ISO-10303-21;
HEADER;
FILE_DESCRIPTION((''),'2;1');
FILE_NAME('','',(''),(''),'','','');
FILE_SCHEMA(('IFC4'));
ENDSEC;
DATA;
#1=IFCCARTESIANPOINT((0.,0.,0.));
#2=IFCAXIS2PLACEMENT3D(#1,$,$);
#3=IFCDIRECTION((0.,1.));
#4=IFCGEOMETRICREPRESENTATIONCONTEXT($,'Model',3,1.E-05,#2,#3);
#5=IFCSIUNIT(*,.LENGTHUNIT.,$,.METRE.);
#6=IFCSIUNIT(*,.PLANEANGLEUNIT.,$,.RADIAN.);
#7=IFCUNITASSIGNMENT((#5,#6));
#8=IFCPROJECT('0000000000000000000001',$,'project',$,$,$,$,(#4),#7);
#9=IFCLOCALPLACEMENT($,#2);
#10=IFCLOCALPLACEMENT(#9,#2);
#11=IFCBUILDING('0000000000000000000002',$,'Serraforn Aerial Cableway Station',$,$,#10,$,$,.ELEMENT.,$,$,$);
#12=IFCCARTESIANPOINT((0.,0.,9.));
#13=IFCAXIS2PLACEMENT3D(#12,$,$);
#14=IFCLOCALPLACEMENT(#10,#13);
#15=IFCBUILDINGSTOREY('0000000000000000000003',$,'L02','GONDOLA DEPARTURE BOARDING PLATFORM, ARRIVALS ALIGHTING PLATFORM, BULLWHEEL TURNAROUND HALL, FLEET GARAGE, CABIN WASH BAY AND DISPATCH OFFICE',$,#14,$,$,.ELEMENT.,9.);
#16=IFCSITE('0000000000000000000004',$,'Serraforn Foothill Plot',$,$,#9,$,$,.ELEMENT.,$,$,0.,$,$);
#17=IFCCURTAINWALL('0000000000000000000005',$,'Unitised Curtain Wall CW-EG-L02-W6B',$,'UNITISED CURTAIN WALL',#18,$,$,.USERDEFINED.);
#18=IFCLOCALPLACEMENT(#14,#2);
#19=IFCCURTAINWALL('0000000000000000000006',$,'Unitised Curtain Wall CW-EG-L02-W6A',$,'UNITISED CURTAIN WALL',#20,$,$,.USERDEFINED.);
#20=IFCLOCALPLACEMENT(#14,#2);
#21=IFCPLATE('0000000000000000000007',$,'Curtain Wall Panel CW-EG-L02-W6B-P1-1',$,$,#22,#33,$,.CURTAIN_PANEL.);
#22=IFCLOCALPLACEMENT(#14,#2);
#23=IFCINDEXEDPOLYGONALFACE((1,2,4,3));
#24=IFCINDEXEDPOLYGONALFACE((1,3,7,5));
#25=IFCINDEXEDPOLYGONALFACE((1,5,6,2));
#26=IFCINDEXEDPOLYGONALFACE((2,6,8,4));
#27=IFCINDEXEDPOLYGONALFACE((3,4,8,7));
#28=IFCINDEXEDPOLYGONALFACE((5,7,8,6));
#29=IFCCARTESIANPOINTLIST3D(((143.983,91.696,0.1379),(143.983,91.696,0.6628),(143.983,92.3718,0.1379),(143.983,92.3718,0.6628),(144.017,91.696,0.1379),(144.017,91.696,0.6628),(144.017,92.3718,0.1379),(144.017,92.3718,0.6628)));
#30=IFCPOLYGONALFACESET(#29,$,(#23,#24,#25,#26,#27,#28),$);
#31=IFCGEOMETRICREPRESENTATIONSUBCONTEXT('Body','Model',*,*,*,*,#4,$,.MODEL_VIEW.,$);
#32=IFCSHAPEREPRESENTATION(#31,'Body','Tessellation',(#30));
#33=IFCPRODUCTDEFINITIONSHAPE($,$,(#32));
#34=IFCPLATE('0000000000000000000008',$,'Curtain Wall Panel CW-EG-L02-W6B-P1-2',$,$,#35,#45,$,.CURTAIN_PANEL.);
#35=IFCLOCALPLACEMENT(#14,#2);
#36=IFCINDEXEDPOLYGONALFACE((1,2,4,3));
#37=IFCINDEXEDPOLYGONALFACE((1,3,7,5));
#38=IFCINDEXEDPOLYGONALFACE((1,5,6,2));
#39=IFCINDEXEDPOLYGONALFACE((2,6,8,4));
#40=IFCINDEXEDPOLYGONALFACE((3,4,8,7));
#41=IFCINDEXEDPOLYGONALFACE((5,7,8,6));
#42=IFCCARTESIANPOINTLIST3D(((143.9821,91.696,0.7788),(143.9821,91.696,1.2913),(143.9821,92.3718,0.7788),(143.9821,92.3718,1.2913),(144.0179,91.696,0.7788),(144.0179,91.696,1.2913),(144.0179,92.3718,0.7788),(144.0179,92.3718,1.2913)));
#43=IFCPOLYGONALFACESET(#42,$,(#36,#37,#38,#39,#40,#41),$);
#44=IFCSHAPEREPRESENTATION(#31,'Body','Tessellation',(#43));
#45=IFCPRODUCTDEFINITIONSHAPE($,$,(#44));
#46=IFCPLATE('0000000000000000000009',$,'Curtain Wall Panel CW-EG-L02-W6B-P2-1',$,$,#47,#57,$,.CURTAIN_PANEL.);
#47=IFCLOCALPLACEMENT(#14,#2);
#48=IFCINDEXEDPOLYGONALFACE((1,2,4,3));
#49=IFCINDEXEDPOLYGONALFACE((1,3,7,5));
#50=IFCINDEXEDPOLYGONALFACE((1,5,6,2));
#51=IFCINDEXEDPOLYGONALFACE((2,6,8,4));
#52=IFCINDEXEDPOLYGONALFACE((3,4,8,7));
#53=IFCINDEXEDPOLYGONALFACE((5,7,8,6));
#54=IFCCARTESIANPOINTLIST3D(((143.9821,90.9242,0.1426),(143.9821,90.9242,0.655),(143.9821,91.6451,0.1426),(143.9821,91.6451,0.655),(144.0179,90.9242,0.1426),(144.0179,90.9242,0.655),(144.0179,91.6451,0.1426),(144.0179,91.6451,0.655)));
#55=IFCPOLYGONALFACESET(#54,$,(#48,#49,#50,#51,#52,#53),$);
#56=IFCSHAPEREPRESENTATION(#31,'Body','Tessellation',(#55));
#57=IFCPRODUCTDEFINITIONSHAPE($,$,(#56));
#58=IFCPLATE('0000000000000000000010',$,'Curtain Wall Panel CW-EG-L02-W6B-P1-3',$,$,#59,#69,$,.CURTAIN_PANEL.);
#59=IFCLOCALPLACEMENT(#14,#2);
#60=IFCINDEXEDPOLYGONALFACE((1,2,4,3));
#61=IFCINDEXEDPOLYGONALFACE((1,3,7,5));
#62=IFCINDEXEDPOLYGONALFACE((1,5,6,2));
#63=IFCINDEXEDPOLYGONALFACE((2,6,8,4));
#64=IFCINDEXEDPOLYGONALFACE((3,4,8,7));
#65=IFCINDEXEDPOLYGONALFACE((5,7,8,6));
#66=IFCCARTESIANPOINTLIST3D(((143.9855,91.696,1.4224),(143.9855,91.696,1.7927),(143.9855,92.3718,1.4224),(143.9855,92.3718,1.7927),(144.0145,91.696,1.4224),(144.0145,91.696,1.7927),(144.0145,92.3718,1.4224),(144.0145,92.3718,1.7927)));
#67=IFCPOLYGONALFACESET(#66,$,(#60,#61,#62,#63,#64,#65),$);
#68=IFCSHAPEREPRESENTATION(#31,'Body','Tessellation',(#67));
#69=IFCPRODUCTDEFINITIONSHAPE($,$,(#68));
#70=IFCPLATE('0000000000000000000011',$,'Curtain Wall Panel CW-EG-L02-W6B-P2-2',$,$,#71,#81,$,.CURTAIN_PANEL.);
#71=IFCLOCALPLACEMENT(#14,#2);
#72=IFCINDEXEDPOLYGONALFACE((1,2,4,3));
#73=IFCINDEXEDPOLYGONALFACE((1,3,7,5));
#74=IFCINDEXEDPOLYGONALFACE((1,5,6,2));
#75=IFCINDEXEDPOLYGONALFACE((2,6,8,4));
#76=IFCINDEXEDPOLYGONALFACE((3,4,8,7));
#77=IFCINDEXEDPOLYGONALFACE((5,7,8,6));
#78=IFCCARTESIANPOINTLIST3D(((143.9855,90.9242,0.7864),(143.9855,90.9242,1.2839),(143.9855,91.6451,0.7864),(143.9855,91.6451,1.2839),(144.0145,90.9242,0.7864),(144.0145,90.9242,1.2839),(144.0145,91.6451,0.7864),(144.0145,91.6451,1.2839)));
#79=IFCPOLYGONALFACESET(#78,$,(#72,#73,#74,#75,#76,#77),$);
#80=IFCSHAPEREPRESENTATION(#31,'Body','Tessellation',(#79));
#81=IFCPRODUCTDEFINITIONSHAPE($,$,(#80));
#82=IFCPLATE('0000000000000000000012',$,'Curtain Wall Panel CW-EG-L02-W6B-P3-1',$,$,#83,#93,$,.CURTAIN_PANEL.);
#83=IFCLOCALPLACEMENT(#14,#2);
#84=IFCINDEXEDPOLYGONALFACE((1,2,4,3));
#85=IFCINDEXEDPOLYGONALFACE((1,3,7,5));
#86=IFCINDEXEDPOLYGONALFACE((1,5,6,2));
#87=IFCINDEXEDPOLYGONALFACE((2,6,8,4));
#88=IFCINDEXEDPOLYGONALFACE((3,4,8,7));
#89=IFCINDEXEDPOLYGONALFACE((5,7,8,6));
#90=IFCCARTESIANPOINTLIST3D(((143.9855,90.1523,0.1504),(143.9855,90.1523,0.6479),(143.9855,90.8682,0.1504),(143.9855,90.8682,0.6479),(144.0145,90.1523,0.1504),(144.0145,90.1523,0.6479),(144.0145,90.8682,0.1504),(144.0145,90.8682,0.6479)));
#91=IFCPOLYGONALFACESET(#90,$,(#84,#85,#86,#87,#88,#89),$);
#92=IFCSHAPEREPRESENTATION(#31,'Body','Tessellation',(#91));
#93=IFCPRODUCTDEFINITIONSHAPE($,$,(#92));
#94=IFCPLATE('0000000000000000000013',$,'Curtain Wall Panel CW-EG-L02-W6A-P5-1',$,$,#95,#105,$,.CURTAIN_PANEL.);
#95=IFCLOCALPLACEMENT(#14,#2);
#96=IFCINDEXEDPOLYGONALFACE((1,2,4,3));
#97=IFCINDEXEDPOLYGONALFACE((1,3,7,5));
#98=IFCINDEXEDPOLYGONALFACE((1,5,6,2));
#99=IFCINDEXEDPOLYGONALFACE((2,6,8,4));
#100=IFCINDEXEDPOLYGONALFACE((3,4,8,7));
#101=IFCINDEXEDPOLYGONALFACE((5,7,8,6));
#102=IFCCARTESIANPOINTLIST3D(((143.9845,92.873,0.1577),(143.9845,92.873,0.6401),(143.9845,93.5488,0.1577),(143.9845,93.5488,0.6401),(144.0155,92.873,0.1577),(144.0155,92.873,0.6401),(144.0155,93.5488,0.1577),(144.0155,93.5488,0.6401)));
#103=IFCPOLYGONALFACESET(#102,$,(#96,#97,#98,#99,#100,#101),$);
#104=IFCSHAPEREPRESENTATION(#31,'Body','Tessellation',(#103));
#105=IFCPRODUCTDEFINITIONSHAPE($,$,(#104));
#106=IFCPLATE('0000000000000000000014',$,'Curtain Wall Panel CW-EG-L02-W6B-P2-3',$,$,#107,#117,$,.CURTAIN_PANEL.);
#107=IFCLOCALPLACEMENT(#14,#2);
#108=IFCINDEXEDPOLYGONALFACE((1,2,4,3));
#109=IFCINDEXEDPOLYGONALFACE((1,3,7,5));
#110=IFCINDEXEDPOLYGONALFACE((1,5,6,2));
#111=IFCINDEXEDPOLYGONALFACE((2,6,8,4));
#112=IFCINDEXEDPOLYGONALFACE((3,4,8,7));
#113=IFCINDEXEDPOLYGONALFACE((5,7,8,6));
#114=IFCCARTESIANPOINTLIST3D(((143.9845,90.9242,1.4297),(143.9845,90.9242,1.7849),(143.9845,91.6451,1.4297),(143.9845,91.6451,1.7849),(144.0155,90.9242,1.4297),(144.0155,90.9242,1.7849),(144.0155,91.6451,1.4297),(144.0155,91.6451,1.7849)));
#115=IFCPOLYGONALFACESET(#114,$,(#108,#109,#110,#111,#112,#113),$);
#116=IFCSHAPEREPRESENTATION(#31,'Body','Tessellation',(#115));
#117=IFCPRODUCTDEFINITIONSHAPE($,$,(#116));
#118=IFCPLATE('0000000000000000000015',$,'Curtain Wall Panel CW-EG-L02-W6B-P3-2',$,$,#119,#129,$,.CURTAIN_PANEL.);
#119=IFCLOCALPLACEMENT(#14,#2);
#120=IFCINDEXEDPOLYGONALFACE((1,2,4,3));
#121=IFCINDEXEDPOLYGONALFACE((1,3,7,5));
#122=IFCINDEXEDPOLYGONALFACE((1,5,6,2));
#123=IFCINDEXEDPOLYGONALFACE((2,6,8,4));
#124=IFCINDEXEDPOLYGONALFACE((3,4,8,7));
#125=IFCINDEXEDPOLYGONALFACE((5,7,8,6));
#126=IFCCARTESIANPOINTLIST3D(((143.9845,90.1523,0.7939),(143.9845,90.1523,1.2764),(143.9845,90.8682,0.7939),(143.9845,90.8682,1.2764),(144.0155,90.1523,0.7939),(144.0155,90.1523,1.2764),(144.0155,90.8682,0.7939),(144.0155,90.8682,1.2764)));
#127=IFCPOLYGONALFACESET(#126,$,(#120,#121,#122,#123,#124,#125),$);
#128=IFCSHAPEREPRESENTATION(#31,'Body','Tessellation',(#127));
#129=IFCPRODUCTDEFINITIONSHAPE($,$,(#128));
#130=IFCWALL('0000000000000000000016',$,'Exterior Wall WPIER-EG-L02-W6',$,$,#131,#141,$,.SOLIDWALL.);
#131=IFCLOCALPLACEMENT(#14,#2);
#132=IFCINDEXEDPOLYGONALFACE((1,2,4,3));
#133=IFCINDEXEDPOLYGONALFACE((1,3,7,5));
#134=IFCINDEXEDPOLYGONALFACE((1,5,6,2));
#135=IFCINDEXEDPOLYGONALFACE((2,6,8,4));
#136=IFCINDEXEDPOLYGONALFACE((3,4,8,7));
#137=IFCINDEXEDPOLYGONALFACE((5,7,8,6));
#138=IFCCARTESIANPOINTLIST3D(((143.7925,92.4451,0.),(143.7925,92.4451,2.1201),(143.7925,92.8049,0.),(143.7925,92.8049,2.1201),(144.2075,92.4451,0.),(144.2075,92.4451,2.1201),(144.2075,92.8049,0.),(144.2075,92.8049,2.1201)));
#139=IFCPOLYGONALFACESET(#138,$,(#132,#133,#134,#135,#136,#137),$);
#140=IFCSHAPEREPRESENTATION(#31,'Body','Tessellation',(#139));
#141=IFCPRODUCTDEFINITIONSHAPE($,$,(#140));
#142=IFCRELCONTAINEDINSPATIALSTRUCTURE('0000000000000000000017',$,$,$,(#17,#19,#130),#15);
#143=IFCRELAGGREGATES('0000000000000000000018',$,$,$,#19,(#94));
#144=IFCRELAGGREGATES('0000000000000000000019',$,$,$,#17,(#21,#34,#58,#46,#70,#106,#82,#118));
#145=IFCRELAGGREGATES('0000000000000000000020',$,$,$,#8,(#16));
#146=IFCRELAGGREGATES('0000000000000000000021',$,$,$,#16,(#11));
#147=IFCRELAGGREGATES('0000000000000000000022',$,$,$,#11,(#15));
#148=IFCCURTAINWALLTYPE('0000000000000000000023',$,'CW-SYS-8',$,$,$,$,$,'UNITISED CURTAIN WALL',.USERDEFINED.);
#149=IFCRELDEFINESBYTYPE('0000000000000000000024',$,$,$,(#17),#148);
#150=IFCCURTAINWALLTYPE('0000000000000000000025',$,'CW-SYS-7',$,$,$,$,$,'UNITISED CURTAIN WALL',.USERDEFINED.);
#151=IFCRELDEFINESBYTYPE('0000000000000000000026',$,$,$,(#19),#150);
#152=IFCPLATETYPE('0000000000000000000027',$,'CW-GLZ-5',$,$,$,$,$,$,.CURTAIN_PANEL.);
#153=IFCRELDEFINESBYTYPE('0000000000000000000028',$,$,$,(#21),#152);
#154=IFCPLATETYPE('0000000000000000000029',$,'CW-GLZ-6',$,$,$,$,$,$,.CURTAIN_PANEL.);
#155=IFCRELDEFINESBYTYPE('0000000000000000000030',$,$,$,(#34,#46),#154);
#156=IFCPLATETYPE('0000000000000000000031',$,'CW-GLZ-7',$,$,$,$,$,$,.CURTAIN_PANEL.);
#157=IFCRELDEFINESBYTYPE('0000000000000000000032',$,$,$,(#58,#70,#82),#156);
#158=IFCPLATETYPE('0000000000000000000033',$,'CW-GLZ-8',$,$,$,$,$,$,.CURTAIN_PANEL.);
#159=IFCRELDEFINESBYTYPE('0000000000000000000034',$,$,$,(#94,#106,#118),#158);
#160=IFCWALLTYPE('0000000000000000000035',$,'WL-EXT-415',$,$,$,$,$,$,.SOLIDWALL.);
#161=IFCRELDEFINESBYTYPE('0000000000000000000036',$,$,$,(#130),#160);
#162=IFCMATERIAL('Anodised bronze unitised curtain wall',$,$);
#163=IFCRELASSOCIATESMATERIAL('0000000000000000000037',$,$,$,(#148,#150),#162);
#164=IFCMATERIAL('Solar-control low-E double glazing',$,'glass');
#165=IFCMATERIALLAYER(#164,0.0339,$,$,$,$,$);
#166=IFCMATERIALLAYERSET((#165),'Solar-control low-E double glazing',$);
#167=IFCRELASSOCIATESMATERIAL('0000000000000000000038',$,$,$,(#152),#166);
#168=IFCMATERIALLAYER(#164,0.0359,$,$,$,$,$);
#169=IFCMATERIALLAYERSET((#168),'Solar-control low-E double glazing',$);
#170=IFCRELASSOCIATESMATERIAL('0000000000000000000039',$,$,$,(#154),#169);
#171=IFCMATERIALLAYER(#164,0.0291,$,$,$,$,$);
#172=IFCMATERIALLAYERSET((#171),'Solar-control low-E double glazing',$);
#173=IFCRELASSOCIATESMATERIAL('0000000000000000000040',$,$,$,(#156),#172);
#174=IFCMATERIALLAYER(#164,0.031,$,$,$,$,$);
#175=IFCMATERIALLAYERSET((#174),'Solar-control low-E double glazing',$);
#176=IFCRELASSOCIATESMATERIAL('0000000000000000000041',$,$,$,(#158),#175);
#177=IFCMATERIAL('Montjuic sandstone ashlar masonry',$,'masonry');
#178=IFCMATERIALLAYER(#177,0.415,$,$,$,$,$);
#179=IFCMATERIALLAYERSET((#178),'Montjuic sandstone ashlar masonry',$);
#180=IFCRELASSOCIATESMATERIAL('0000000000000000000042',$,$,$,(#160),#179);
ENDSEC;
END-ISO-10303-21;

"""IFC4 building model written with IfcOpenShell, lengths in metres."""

from ifc_helpers import new_model, si_unit, direction, frame, frame_2d, origin, origin_2d, place, context, subcontext, project, spatial, rectangle, extrude, material, layer, layer_set, type_object, element, aggregate, save


model = new_model("IFC4")

# Units and contexts
model_context = context("Model", 3, precision=1e-05, world=origin(), true_north=direction((0.0, 1.0)))
body_context = subcontext(model_context, "Body", "Model", "MODEL_VIEW")
ifc_project = project(units=[si_unit("LENGTHUNIT", "METRE"), si_unit("PLANEANGLEUNIT", "RADIAN")], contexts=[model_context])

# Site, building, storey
site_placement = place(None, origin())
site = spatial("IfcSite", under=ifc_project, at=site_placement, Name="Serraforn Foothill Plot", CompositionType="ELEMENT", RefElevation=0.0)
building_placement = place(site_placement, origin())
building = spatial("IfcBuilding", under=site, at=building_placement, Name="Serraforn Aerial Cableway Station", CompositionType="ELEMENT")
storey_placement = place(building_placement, frame((0.0, 0.0, 9.0)))
storey = spatial("IfcBuildingStorey", under=building, at=storey_placement, Name="L02", Description="GONDOLA DEPARTURE BOARDING PLATFORM, ARRIVALS ALIGHTING PLATFORM, BULLWHEEL TURNAROUND HALL, FLEET GARAGE, CABIN WASH BAY AND DISPATCH OFFICE", CompositionType="ELEMENT", Elevation=9.0)

# Curtain wall
ifc_material_1 = material(Name="Anodised bronze unitised curtain wall")
curtain_wall_type_1 = type_object("IfcCurtainWallType", Name="CW-SYS-8", ElementType="UNITISED CURTAIN WALL", PredefinedType="USERDEFINED", material=ifc_material_1)
curtain_wall_1_placement = place(storey_placement, origin())
curtain_wall_1 = element("IfcCurtainWall", 1, at=curtain_wall_1_placement, inside=storey, type_object=curtain_wall_type_1, Name="Unitised Curtain Wall CW-EG-L02-W6B", ObjectType="UNITISED CURTAIN WALL", PredefinedType="USERDEFINED")

# Curtain wall
curtain_wall_type_2 = type_object("IfcCurtainWallType", Name="CW-SYS-7", ElementType="UNITISED CURTAIN WALL", PredefinedType="USERDEFINED", material=ifc_material_1)
curtain_wall_2_placement = place(storey_placement, origin())
curtain_wall_2 = element("IfcCurtainWall", 2, at=curtain_wall_2_placement, inside=storey, type_object=curtain_wall_type_2, Name="Unitised Curtain Wall CW-EG-L02-W6A", ObjectType="UNITISED CURTAIN WALL", PredefinedType="USERDEFINED")

# Plates
ifc_material_2 = material(Name="Solar-control low-E double glazing", Category="glass")
ifc_layer_1 = layer(ifc_material_2, 0.0339)
ifc_layer_set_1 = layer_set([ifc_layer_1], Name="Solar-control low-E double glazing")
plate_type_1 = type_object("IfcPlateType", Name="CW-GLZ-5", PredefinedType="CURTAIN_PANEL", material=ifc_layer_set_1)
plate_1_placement = place(storey_placement, frame((144.0, 92.0339, 0.1379), z_axis=(0.0, 0.0, 1.0), x_axis=(1.0, 0.0, 0.0)))
plate_1 = element("IfcPlate", 3, at=plate_1_placement, type_object=plate_type_1, Name="Curtain Wall Panel CW-EG-L02-W6B-P1-1", PredefinedType="CURTAIN_PANEL", context=body_context, shape_type="SweptSolid", body=[
    extrude(rectangle(XDim=0.0339, YDim=0.6758, at=origin_2d()), origin(), (0.0, 0.0, 1.0), 0.5249),
])
ifc_layer_2 = layer(ifc_material_2, 0.0359)
ifc_layer_set_2 = layer_set([ifc_layer_2], Name="Solar-control low-E double glazing")
plate_type_2 = type_object("IfcPlateType", Name="CW-GLZ-6", PredefinedType="CURTAIN_PANEL", material=ifc_layer_set_2)
plate_2_placement = place(storey_placement, frame((144.0, 92.0339, 0.7788), z_axis=(0.0, 0.0, 1.0), x_axis=(1.0, 0.0, 0.0)))
plate_2 = element("IfcPlate", 4, at=plate_2_placement, type_object=plate_type_2, Name="Curtain Wall Panel CW-EG-L02-W6B-P1-2", PredefinedType="CURTAIN_PANEL", context=body_context, shape_type="SweptSolid", body=[
    extrude(rectangle(XDim=0.0359, YDim=0.6758, at=origin_2d()), origin(), (0.0, 0.0, 1.0), 0.5125),
])
plate_3_placement = place(storey_placement, frame((144.0, 91.2847, 0.1426), z_axis=(0.0, 0.0, 1.0), x_axis=(1.0, 0.0, 0.0)))
plate_3 = element("IfcPlate", 5, at=plate_3_placement, type_object=plate_type_2, Name="Curtain Wall Panel CW-EG-L02-W6B-P2-1", PredefinedType="CURTAIN_PANEL", context=body_context, shape_type="SweptSolid", body=[
    extrude(rectangle(XDim=0.0359, YDim=0.7209, at=origin_2d()), origin(), (0.0, 0.0, 1.0), 0.5125),
])
ifc_layer_3 = layer(ifc_material_2, 0.0291)
ifc_layer_set_3 = layer_set([ifc_layer_3], Name="Solar-control low-E double glazing")
plate_type_3 = type_object("IfcPlateType", Name="CW-GLZ-7", PredefinedType="CURTAIN_PANEL", material=ifc_layer_set_3)
plate_4_placement = place(storey_placement, frame((144.0, 92.0339, 1.4224), z_axis=(0.0, 0.0, 1.0), x_axis=(1.0, 0.0, 0.0)))
plate_4 = element("IfcPlate", 6, at=plate_4_placement, type_object=plate_type_3, Name="Curtain Wall Panel CW-EG-L02-W6B-P1-3", PredefinedType="CURTAIN_PANEL", context=body_context, shape_type="SweptSolid", body=[
    extrude(rectangle(XDim=0.0291, YDim=0.6758, at=origin_2d()), origin(), (0.0, 0.0, 1.0), 0.3704),
])
plate_5_placement = place(storey_placement, frame((144.0, 91.2847, 0.7864), z_axis=(0.0, 0.0, 1.0), x_axis=(1.0, 0.0, 0.0)))
plate_5 = element("IfcPlate", 7, at=plate_5_placement, type_object=plate_type_3, Name="Curtain Wall Panel CW-EG-L02-W6B-P2-2", PredefinedType="CURTAIN_PANEL", context=body_context, shape_type="SweptSolid", body=[
    extrude(rectangle(XDim=0.0291, YDim=0.7209, at=origin_2d()), origin(), (0.0, 0.0, 1.0), 0.4976),
])
plate_6_placement = place(storey_placement, frame((144.0, 90.5103, 0.1504), z_axis=(0.0, 0.0, 1.0), x_axis=(1.0, 0.0, 0.0)))
plate_6 = element("IfcPlate", 8, at=plate_6_placement, type_object=plate_type_3, Name="Curtain Wall Panel CW-EG-L02-W6B-P3-1", PredefinedType="CURTAIN_PANEL", context=body_context, shape_type="SweptSolid", body=[
    extrude(rectangle(XDim=0.0291, YDim=0.7158, at=origin_2d()), origin(), (0.0, 0.0, 1.0), 0.4976),
])
ifc_layer_4 = layer(ifc_material_2, 0.031)
ifc_layer_set_4 = layer_set([ifc_layer_4], Name="Solar-control low-E double glazing")
plate_type_4 = type_object("IfcPlateType", Name="CW-GLZ-8", PredefinedType="CURTAIN_PANEL", material=ifc_layer_set_4)
plate_7_placement = place(storey_placement, frame((144.0, 93.2109, 0.1577), z_axis=(0.0, 0.0, 1.0), x_axis=(1.0, 0.0, 0.0)))
plate_7 = element("IfcPlate", 9, at=plate_7_placement, type_object=plate_type_4, Name="Curtain Wall Panel CW-EG-L02-W6A-P5-1", PredefinedType="CURTAIN_PANEL", context=body_context, shape_type="SweptSolid", body=[
    extrude(rectangle(XDim=0.031, YDim=0.6758, at=origin_2d()), origin(), (0.0, 0.0, 1.0), 0.4824),
])
aggregate(curtain_wall_2, [plate_7])
plate_8_placement = place(storey_placement, frame((144.0, 91.2847, 1.4297), z_axis=(0.0, 0.0, 1.0), x_axis=(1.0, 0.0, 0.0)))
plate_8 = element("IfcPlate", 10, at=plate_8_placement, type_object=plate_type_4, Name="Curtain Wall Panel CW-EG-L02-W6B-P2-3", PredefinedType="CURTAIN_PANEL", context=body_context, shape_type="SweptSolid", body=[
    extrude(rectangle(XDim=0.031, YDim=0.7209, at=origin_2d()), origin(), (0.0, 0.0, 1.0), 0.3552),
])
plate_9_placement = place(storey_placement, frame((144.0, 90.5103, 0.7939), z_axis=(0.0, 0.0, 1.0), x_axis=(1.0, 0.0, 0.0)))
plate_9 = element("IfcPlate", 11, at=plate_9_placement, type_object=plate_type_4, Name="Curtain Wall Panel CW-EG-L02-W6B-P3-2", PredefinedType="CURTAIN_PANEL", context=body_context, shape_type="SweptSolid", body=[
    extrude(rectangle(XDim=0.031, YDim=0.7158, at=origin_2d()), origin(), (0.0, 0.0, 1.0), 0.4824),
])
aggregate(curtain_wall_1, [plate_1, plate_2, plate_4, plate_3, plate_5, plate_8, plate_6, plate_9])

# Wall
ifc_material_3 = material(Name="Montjuic sandstone ashlar masonry", Category="masonry")
ifc_layer_5 = layer(ifc_material_3, 0.415)
ifc_layer_set_5 = layer_set([ifc_layer_5], Name="Montjuic sandstone ashlar masonry")
wall_type = type_object("IfcWallType", Name="WL-EXT-415", PredefinedType="SOLIDWALL", material=ifc_layer_set_5)
wall_placement = place(storey_placement, frame((144.0, 92.8049, 0.0), z_axis=(0.0, 0.0, 1.0), x_axis=(0.0, -1.0, 0.0)))
element("IfcWall", 12, at=wall_placement, inside=storey, type_object=wall_type, Name="Exterior Wall WPIER-EG-L02-W6", PredefinedType="SOLIDWALL", context=body_context, shape_type="SweptSolid", body=[
    extrude(rectangle(XDim=0.3599, YDim=0.415, at=frame_2d((0.1799, 0.0))), origin(), (0.0, 0.0, 1.0), 2.1201),
])

save(model, "model.ifc")
